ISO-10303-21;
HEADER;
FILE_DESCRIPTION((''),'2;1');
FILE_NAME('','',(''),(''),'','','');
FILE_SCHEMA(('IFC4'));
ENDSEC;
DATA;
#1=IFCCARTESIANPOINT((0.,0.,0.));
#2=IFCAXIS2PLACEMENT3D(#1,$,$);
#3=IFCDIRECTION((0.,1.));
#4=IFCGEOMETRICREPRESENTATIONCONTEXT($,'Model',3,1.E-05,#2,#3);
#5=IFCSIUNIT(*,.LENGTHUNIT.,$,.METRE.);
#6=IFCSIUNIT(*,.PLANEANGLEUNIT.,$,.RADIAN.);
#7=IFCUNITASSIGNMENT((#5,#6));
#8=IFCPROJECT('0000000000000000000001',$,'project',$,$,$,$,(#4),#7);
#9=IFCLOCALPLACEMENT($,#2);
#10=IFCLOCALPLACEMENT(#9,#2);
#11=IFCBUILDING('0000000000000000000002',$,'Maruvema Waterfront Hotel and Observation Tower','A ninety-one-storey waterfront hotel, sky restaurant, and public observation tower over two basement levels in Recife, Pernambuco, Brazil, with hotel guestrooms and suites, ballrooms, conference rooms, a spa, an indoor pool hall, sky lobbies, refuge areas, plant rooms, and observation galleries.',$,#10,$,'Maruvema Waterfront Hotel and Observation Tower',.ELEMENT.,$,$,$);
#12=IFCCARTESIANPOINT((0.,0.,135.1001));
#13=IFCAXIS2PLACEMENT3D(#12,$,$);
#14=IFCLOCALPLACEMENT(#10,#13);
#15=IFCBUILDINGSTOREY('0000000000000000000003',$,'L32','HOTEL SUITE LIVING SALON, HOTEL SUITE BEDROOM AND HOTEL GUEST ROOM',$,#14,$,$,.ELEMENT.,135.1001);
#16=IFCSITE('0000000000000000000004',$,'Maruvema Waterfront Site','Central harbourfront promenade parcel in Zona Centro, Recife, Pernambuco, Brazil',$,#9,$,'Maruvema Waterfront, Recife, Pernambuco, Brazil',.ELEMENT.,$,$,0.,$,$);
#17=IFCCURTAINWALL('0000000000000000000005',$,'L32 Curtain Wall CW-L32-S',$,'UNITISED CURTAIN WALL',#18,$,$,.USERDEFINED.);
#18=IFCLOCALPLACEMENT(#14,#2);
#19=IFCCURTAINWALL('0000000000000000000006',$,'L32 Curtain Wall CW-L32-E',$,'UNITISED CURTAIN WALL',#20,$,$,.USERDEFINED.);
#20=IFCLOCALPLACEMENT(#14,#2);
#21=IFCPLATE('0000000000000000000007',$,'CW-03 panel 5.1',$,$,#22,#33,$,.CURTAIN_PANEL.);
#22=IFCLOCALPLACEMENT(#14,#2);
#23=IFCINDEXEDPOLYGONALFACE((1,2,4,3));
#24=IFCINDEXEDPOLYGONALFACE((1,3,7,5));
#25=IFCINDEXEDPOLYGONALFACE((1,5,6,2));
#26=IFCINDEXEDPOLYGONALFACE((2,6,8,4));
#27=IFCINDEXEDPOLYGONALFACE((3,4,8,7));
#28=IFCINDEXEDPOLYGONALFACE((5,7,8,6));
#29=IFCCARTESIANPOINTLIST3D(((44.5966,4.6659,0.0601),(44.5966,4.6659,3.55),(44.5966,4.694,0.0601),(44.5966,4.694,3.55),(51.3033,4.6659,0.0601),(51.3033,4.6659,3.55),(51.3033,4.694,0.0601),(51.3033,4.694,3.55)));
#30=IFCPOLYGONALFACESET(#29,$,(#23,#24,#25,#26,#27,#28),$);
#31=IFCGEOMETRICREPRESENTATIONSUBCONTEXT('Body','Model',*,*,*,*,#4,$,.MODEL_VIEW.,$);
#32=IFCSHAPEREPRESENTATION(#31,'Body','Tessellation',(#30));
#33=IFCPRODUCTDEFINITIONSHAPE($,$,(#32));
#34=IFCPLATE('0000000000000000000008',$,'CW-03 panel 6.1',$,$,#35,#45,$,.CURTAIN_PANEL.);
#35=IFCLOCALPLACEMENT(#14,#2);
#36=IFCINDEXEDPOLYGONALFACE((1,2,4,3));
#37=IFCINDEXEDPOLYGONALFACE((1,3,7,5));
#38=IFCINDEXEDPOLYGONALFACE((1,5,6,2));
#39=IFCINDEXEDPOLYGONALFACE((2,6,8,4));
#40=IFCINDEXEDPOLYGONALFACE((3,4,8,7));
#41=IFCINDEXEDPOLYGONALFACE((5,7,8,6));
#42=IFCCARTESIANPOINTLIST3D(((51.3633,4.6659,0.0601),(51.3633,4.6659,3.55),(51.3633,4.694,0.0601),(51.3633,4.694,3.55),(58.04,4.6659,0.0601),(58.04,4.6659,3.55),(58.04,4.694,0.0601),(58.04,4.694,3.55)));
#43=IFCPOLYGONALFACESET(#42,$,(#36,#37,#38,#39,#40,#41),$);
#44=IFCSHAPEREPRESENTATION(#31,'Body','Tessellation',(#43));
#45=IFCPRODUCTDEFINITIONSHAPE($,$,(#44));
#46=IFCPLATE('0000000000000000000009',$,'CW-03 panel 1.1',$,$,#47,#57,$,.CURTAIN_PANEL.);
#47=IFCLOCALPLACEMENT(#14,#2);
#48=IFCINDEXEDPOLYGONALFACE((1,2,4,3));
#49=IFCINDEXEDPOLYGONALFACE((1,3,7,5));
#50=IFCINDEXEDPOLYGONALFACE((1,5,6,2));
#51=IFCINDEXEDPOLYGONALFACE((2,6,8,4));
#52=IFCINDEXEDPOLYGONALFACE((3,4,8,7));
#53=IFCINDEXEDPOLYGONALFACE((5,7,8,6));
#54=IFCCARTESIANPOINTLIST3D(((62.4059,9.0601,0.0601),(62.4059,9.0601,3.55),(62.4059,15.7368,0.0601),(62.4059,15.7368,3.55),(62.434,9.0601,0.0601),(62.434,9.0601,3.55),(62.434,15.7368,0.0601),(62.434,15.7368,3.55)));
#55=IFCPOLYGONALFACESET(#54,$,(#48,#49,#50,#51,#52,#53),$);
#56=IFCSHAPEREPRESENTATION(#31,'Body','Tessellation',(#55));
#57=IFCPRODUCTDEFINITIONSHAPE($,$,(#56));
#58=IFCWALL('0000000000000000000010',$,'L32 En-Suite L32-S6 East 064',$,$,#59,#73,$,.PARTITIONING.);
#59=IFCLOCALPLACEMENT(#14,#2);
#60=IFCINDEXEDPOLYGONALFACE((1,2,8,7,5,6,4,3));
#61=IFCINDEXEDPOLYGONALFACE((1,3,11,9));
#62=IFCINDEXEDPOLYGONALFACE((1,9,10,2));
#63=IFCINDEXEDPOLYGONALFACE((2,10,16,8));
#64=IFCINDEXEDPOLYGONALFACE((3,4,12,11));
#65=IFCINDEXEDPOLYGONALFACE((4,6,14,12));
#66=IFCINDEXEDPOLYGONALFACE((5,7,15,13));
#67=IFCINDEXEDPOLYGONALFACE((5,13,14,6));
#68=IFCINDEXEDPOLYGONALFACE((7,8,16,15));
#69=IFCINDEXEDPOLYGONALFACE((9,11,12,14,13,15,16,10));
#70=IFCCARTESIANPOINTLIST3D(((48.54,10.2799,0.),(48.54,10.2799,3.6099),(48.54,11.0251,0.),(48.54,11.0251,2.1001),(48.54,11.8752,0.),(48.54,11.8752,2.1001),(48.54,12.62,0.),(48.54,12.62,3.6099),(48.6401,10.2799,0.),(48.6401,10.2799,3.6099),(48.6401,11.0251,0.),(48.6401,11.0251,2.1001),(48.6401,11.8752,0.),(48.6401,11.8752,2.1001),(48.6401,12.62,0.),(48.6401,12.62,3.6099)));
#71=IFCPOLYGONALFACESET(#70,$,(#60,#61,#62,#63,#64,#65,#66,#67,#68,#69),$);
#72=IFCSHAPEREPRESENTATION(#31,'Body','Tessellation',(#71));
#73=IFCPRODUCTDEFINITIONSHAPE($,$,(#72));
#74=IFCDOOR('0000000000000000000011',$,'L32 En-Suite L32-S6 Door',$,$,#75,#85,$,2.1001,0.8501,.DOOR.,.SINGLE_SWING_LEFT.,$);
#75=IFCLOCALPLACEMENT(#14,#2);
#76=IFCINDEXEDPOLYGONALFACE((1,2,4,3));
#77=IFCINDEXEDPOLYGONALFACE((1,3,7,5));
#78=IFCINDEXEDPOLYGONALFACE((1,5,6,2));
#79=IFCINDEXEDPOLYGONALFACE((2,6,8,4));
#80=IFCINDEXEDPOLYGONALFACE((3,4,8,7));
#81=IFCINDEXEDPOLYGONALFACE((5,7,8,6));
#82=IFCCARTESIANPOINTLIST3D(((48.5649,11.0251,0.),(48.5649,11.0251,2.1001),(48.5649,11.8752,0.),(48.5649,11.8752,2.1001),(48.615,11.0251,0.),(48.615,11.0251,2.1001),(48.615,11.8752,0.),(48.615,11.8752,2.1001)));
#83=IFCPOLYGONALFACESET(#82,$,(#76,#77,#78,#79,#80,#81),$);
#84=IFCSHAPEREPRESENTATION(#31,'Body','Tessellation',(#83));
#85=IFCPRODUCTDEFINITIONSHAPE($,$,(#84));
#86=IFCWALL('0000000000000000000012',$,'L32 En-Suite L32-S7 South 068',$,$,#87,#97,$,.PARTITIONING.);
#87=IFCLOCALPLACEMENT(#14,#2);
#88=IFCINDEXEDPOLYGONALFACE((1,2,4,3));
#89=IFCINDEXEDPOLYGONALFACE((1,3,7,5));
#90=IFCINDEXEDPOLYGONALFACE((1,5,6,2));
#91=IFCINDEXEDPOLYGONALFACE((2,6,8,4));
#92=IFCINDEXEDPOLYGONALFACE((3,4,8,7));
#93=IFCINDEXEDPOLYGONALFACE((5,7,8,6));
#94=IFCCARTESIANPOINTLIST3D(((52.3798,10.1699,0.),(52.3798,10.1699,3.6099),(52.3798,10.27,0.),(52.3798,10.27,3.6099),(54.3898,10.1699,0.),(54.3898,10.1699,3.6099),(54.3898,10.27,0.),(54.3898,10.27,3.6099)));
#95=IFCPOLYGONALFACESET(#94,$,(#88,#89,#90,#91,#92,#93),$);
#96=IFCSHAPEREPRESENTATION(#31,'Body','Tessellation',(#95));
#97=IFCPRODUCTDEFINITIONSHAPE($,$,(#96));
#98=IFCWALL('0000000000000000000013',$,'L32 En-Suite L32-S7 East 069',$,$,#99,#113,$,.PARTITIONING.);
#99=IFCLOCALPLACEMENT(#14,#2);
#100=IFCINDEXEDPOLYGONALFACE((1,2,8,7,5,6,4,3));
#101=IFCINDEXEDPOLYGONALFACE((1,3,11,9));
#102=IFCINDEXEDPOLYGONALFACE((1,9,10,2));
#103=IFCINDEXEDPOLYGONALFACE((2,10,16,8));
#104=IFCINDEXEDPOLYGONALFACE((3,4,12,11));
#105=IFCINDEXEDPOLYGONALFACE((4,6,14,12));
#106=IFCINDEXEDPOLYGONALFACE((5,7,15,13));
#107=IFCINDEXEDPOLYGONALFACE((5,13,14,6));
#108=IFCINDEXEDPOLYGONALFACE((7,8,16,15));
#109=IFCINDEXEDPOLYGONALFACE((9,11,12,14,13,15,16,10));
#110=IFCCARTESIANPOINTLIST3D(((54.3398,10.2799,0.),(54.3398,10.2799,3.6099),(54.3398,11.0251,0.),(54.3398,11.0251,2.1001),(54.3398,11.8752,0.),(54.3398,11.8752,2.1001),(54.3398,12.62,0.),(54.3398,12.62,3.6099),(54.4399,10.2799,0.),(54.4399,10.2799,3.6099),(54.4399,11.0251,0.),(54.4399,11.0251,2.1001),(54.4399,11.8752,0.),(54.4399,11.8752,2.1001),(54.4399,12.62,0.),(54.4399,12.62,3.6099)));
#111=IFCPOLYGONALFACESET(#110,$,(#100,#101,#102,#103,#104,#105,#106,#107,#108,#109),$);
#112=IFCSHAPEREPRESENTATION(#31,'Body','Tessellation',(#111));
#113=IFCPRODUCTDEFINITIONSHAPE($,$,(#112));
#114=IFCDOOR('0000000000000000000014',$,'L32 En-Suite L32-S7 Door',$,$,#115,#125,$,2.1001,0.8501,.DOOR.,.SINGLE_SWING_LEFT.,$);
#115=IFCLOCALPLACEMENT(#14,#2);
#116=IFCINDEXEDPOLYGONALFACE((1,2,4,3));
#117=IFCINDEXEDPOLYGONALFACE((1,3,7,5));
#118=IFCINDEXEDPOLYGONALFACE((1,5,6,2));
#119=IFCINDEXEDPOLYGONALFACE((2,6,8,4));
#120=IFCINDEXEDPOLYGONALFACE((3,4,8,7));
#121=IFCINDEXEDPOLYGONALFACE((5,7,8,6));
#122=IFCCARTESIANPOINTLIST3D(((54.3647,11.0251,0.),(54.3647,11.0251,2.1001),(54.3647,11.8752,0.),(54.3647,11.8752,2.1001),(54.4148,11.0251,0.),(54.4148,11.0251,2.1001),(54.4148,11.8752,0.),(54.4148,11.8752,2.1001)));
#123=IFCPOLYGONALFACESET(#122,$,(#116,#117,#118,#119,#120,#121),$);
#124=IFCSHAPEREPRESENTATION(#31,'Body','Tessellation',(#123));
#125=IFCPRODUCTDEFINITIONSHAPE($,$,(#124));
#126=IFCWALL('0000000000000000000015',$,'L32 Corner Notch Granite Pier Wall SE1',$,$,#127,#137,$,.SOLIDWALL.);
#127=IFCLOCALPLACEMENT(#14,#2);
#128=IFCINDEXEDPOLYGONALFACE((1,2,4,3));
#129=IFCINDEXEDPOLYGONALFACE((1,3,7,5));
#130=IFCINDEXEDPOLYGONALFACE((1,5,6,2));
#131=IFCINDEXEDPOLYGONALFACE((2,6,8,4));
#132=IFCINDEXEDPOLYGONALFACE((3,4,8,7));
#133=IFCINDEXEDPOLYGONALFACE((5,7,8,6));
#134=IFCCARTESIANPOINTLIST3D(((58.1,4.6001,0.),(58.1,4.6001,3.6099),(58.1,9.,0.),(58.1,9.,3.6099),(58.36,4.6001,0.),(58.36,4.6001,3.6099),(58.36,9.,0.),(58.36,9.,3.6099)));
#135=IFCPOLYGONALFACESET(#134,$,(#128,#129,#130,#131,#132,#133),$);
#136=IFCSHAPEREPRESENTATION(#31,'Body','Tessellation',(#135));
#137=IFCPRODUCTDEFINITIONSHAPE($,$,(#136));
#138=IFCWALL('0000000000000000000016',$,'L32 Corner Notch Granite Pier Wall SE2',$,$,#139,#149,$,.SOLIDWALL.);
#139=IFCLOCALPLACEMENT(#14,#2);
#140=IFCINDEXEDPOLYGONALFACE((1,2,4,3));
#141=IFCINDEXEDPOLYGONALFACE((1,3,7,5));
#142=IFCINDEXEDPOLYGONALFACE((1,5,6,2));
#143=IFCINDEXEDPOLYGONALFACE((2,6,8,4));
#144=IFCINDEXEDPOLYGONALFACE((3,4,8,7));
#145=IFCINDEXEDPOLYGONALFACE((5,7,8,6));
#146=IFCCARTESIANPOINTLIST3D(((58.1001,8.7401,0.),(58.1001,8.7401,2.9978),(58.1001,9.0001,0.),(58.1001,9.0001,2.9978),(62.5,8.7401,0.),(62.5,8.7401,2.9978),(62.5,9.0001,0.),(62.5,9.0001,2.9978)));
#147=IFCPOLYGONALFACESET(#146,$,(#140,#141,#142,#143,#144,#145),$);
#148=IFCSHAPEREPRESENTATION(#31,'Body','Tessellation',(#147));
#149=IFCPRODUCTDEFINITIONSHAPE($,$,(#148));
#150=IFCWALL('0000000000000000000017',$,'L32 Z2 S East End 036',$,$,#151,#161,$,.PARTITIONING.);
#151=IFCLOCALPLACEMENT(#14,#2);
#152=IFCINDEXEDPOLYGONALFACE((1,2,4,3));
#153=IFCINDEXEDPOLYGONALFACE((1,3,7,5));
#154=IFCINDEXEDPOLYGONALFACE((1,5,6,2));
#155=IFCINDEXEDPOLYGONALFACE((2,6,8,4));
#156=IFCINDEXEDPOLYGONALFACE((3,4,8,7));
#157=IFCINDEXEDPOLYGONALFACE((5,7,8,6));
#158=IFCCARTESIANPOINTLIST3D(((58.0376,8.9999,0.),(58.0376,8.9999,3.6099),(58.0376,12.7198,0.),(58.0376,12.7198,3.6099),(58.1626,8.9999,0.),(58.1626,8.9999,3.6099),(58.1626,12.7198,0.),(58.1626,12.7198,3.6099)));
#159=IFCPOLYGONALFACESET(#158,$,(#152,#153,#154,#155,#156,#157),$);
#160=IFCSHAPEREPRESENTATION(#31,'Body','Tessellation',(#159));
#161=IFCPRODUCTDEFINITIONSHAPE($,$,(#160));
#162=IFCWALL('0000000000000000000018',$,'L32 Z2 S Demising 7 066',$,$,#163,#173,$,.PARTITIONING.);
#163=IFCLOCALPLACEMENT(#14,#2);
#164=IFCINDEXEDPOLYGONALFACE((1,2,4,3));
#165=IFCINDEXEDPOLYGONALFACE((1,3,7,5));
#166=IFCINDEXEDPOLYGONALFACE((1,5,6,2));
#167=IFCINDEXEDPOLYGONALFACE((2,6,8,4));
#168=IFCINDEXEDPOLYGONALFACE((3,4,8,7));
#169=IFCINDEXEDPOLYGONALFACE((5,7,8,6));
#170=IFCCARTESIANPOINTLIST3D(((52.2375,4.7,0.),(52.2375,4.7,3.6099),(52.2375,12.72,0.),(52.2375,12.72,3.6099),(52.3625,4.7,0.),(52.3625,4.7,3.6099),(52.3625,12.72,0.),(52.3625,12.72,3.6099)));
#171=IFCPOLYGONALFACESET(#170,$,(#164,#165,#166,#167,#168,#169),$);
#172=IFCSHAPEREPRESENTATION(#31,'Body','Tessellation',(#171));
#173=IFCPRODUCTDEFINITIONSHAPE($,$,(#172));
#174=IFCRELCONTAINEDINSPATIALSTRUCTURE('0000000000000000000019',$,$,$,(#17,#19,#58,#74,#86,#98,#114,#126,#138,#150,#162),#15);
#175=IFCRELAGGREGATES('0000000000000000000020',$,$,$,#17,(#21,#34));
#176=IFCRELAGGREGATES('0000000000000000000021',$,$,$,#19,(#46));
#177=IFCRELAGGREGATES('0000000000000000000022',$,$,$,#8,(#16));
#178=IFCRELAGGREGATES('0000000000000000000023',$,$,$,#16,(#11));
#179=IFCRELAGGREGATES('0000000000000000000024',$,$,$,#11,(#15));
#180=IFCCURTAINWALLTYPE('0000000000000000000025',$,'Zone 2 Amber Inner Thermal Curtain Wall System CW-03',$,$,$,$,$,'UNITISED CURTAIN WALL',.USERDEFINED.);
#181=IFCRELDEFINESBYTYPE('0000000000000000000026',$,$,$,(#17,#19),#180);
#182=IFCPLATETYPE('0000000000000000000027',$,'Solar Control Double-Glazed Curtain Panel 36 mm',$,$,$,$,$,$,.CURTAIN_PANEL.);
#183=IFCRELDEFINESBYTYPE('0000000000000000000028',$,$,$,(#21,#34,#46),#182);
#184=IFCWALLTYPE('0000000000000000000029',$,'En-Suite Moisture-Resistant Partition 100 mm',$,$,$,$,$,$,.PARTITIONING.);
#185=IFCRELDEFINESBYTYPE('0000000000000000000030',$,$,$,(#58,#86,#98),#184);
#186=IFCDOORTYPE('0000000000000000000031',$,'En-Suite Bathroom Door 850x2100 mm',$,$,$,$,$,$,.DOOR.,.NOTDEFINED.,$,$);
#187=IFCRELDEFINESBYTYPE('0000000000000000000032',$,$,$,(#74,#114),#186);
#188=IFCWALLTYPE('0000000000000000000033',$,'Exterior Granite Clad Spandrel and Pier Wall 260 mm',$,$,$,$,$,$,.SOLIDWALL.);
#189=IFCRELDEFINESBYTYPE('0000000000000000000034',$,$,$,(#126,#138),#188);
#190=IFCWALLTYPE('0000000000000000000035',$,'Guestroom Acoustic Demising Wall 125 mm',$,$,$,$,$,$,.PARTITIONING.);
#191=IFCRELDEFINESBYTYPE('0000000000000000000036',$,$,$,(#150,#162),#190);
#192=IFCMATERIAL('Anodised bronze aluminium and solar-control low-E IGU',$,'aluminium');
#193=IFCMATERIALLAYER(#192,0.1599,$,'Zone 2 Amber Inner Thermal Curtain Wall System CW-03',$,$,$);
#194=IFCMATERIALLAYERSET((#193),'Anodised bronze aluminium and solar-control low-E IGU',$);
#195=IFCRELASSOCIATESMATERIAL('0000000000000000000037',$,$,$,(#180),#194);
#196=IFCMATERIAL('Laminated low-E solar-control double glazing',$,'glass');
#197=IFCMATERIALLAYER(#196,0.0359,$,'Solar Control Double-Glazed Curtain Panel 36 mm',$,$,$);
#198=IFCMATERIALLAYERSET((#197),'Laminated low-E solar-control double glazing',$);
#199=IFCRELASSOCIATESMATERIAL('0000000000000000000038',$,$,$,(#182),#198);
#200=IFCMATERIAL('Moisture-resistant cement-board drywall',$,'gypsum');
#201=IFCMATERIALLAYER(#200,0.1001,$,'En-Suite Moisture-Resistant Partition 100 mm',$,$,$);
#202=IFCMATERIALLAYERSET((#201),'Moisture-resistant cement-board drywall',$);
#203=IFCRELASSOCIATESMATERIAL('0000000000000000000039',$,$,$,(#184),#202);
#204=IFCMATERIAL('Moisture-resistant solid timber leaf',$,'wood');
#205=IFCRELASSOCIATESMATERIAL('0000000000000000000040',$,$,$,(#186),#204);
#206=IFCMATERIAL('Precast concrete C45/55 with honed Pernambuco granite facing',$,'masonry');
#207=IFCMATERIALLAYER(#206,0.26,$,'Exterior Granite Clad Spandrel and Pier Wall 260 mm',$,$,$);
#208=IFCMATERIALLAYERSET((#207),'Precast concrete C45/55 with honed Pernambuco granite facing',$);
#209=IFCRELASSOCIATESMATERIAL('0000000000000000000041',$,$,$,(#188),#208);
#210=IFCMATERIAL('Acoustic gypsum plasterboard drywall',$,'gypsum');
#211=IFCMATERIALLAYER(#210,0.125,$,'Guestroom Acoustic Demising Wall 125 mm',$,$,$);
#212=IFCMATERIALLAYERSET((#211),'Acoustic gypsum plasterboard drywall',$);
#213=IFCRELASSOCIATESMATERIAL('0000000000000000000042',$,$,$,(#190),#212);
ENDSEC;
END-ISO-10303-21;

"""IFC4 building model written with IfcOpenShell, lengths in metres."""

from ifc_helpers import new_model, si_unit, direction, frame, frame_2d, origin, origin_2d, place, context, subcontext, project, spatial, rectangle, extrude, material, layer, layer_set, type_object, element, fill, aggregate, save


model = new_model("IFC4")

# Units and contexts
model_context = context("Model", 3, precision=1e-05, world=origin(), true_north=direction((0.0, 1.0)))
body_context = subcontext(model_context, "Body", "Model", "MODEL_VIEW")
ifc_project = project(units=[si_unit("LENGTHUNIT", "METRE"), si_unit("PLANEANGLEUNIT", "RADIAN")], contexts=[model_context])

# Site, building, storey
site_placement = place(None, origin())
site = spatial("IfcSite", under=ifc_project, at=site_placement, Name="Maruvema Waterfront Site", Description="Central harbourfront promenade parcel in Zona Centro, Recife, Pernambuco, Brazil", LongName="Maruvema Waterfront, Recife, Pernambuco, Brazil", CompositionType="ELEMENT", RefElevation=0.0)
building_placement = place(site_placement, origin())
building = spatial("IfcBuilding", under=site, at=building_placement, Name="Maruvema Waterfront Hotel and Observation Tower", Description="A ninety-one-storey waterfront hotel, sky restaurant, and public observation tower over two basement levels in Recife, Pernambuco, Brazil, with hotel guestrooms and suites, ballrooms, conference rooms, a spa, an indoor pool hall, sky lobbies, refuge areas, plant rooms, and observation galleries.", LongName="Maruvema Waterfront Hotel and Observation Tower", CompositionType="ELEMENT")
storey_placement = place(building_placement, frame((0.0, 0.0, 135.1001)))
storey = spatial("IfcBuildingStorey", under=building, at=storey_placement, Name="L32", Description="HOTEL SUITE LIVING SALON, HOTEL SUITE BEDROOM AND HOTEL GUEST ROOM", CompositionType="ELEMENT", Elevation=135.1001)

# Curtain walls
ifc_material_1 = material(Name="Anodised bronze aluminium and solar-control low-E IGU", Category="aluminium")
ifc_layer_1 = layer(ifc_material_1, 0.1599, Name="Zone 2 Amber Inner Thermal Curtain Wall System CW-03")
ifc_layer_set_1 = layer_set([ifc_layer_1], Name="Anodised bronze aluminium and solar-control low-E IGU")
curtain_wall_type = type_object("IfcCurtainWallType", Name="Zone 2 Amber Inner Thermal Curtain Wall System CW-03", ElementType="UNITISED CURTAIN WALL", PredefinedType="USERDEFINED", material=ifc_layer_set_1)
curtain_wall_1_placement = place(storey_placement, origin())
curtain_wall_1 = element("IfcCurtainWall", 1, at=curtain_wall_1_placement, inside=storey, type_object=curtain_wall_type, Name="L32 Curtain Wall CW-L32-S", ObjectType="UNITISED CURTAIN WALL", PredefinedType="USERDEFINED")
curtain_wall_2_placement = place(storey_placement, origin())
curtain_wall_2 = element("IfcCurtainWall", 2, at=curtain_wall_2_placement, inside=storey, type_object=curtain_wall_type, Name="L32 Curtain Wall CW-L32-E", ObjectType="UNITISED CURTAIN WALL", PredefinedType="USERDEFINED")

# Plates
ifc_material_2 = material(Name="Laminated low-E solar-control double glazing", Category="glass")
ifc_layer_2 = layer(ifc_material_2, 0.0359, Name="Solar Control Double-Glazed Curtain Panel 36 mm")
ifc_layer_set_2 = layer_set([ifc_layer_2], Name="Laminated low-E solar-control double glazing")
plate_type = type_object("IfcPlateType", Name="Solar Control Double-Glazed Curtain Panel 36 mm", PredefinedType="CURTAIN_PANEL", material=ifc_layer_set_2)
plate_1_placement = place(storey_placement, frame((47.95, 4.6799, 0.0601), z_axis=(0.0, 0.0, 1.0), x_axis=(1.0, 0.0, 0.0)))
plate_1 = element("IfcPlate", 3, at=plate_1_placement, type_object=plate_type, Name="CW-03 panel 5.1", PredefinedType="CURTAIN_PANEL", context=body_context, shape_type="SweptSolid", body=[
    extrude(rectangle(XDim=6.7068, YDim=0.0281, at=origin_2d()), origin(), (0.0, 0.0, 1.0), 3.49),
])
plate_2_placement = place(storey_placement, frame((54.7017, 4.6799, 0.0601), z_axis=(0.0, 0.0, 1.0), x_axis=(1.0, 0.0, 0.0)))
plate_2 = element("IfcPlate", 4, at=plate_2_placement, type_object=plate_type, Name="CW-03 panel 6.1", PredefinedType="CURTAIN_PANEL", context=body_context, shape_type="SweptSolid", body=[
    extrude(rectangle(XDim=6.6768, YDim=0.0281, at=origin_2d()), origin(), (0.0, 0.0, 1.0), 3.49),
])
aggregate(curtain_wall_1, [plate_1, plate_2])
plate_3_placement = place(storey_placement, frame((62.4199, 12.3984, 0.0601), z_axis=(0.0, 0.0, 1.0), x_axis=(0.0, 1.0, 0.0)))
plate_3 = element("IfcPlate", 5, at=plate_3_placement, type_object=plate_type, Name="CW-03 panel 1.1", PredefinedType="CURTAIN_PANEL", context=body_context, shape_type="SweptSolid", body=[
    extrude(rectangle(XDim=6.6768, YDim=0.0281, at=origin_2d()), origin(), (0.0, 0.0, 1.0), 3.49),
])
aggregate(curtain_wall_2, [plate_3])

# Wall, opening, door
ifc_material_3 = material(Name="Moisture-resistant cement-board drywall", Category="gypsum")
ifc_layer_3 = layer(ifc_material_3, 0.1001, Name="En-Suite Moisture-Resistant Partition 100 mm")
ifc_layer_set_3 = layer_set([ifc_layer_3], Name="Moisture-resistant cement-board drywall")
wall_type_1 = type_object("IfcWallType", Name="En-Suite Moisture-Resistant Partition 100 mm", PredefinedType="PARTITIONING", material=ifc_layer_set_3)
wall_1_placement = place(storey_placement, frame((48.5901, 10.28, 0.0), z_axis=(0.0, 0.0, 1.0), x_axis=(0.0, 1.0, 0.0)))
wall_1 = element("IfcWall", 6, at=wall_1_placement, inside=storey, type_object=wall_type_1, Name="L32 En-Suite L32-S6 East 064", PredefinedType="PARTITIONING", context=body_context, shape_type="SweptSolid", body=[
    extrude(rectangle(XDim=2.3401, YDim=0.1001, at=frame_2d((1.1699, 0.0))), origin(), (0.0, 0.0, 1.0), 3.6099),
])
opening_1_placement = place(wall_1_placement, frame((0.7451, 0.0, 0.0)))
opening_1 = element("IfcOpeningElement", 7, at=opening_1_placement, cuts=wall_1, PredefinedType="OPENING", context=body_context, shape_type="SweptSolid", body=[
    extrude(rectangle(XDim=0.8501, YDim=2.1001, at=frame_2d((0.425, 1.05))), frame((0.0, 0.0601, 0.0), z_axis=(0.0, -1.0, 0.0), x_axis=(1.0, 0.0, 0.0)), (0.0, 0.0, 1.0), 0.1201),
])
ifc_material_4 = material(Name="Moisture-resistant solid timber leaf", Category="wood")
door_type = type_object("IfcDoorType", Name="En-Suite Bathroom Door 850x2100 mm", OperationType="NOTDEFINED", PredefinedType="DOOR", material=ifc_material_4)
door_1_placement = place(opening_1_placement, frame((0.8501, 0.0, 0.0), z_axis=(0.0, 0.0, 1.0), x_axis=(-1.0, 0.0, 0.0)))
door_1 = element("IfcDoor", 8, at=door_1_placement, inside=storey, type_object=door_type, Name="L32 En-Suite L32-S6 Door", OperationType="SINGLE_SWING_LEFT", OverallHeight=2.1001, OverallWidth=0.8501, PredefinedType="DOOR", context=body_context, shape_type="SweptSolid", body=[
    extrude(rectangle(XDim=0.8501, YDim=2.1001, at=frame_2d((0.425, 1.05))), frame((0.0, 0.0249, 0.0), z_axis=(0.0, -1.0, 0.0), x_axis=(1.0, 0.0, 0.0)), (0.0, 0.0, 1.0), 0.05),
])
fill(opening_1, door_1)

# Wall
wall_2_placement = place(storey_placement, frame((52.3799, 10.22, 0.0), z_axis=(0.0, 0.0, 1.0), x_axis=(1.0, 0.0, 0.0)))
element("IfcWall", 9, at=wall_2_placement, inside=storey, type_object=wall_type_1, Name="L32 En-Suite L32-S7 South 068", PredefinedType="PARTITIONING", context=body_context, shape_type="SweptSolid", body=[
    extrude(rectangle(XDim=2.01, YDim=0.1001, at=frame_2d((1.0049, 0.0))), origin(), (0.0, 0.0, 1.0), 3.6099),
])

# Wall, opening, door
wall_3_placement = place(storey_placement, frame((54.3899, 10.28, 0.0), z_axis=(0.0, 0.0, 1.0), x_axis=(0.0, 1.0, 0.0)))
wall_3 = element("IfcWall", 10, at=wall_3_placement, inside=storey, type_object=wall_type_1, Name="L32 En-Suite L32-S7 East 069", PredefinedType="PARTITIONING", context=body_context, shape_type="SweptSolid", body=[
    extrude(rectangle(XDim=2.3401, YDim=0.1001, at=frame_2d((1.1699, 0.0))), origin(), (0.0, 0.0, 1.0), 3.6099),
])
opening_2_placement = place(wall_3_placement, frame((0.7451, 0.0, 0.0)))
opening_2 = element("IfcOpeningElement", 11, at=opening_2_placement, cuts=wall_3, PredefinedType="OPENING", context=body_context, shape_type="SweptSolid", body=[
    extrude(rectangle(XDim=0.8501, YDim=2.1001, at=frame_2d((0.425, 1.05))), frame((0.0, 0.0601, 0.0), z_axis=(0.0, -1.0, 0.0), x_axis=(1.0, 0.0, 0.0)), (0.0, 0.0, 1.0), 0.1201),
])
door_2_placement = place(opening_2_placement, frame((0.8501, 0.0, 0.0), z_axis=(0.0, 0.0, 1.0), x_axis=(-1.0, 0.0, 0.0)))
door_2 = element("IfcDoor", 12, at=door_2_placement, inside=storey, type_object=door_type, Name="L32 En-Suite L32-S7 Door", OperationType="SINGLE_SWING_LEFT", OverallHeight=2.1001, OverallWidth=0.8501, PredefinedType="DOOR", context=body_context, shape_type="SweptSolid", body=[
    extrude(rectangle(XDim=0.8501, YDim=2.1001, at=frame_2d((0.425, 1.05))), frame((0.0, 0.0249, 0.0), z_axis=(0.0, -1.0, 0.0), x_axis=(1.0, 0.0, 0.0)), (0.0, 0.0, 1.0), 0.05),
])
fill(opening_2, door_2)

# Walls
ifc_material_5 = material(Name="Precast concrete C45/55 with honed Pernambuco granite facing", Category="masonry")
ifc_layer_4 = layer(ifc_material_5, 0.26, Name="Exterior Granite Clad Spandrel and Pier Wall 260 mm")
ifc_layer_set_4 = layer_set([ifc_layer_4], Name="Precast concrete C45/55 with honed Pernambuco granite facing")
wall_type_2 = type_object("IfcWallType", Name="Exterior Granite Clad Spandrel and Pier Wall 260 mm", PredefinedType="SOLIDWALL", material=ifc_layer_set_4)
wall_4_placement = place(storey_placement, frame((58.23, 9.0, 0.0), z_axis=(0.0, 0.0, 1.0), x_axis=(0.0, -1.0, 0.0)))
element("IfcWall", 13, at=wall_4_placement, inside=storey, type_object=wall_type_2, Name="L32 Corner Notch Granite Pier Wall SE1", PredefinedType="SOLIDWALL", context=body_context, shape_type="SweptSolid", body=[
    extrude(rectangle(XDim=4.3999, YDim=0.26, at=frame_2d((2.2, 0.0))), origin(), (0.0, 0.0, 1.0), 3.6099),
])
wall_5_placement = place(storey_placement, frame((62.5, 8.8701, 0.0), z_axis=(0.0, 0.0, 1.0), x_axis=(-1.0, 0.0, 0.0)))
element("IfcWall", 14, at=wall_5_placement, inside=storey, type_object=wall_type_2, Name="L32 Corner Notch Granite Pier Wall SE2", PredefinedType="SOLIDWALL", context=body_context, shape_type="SweptSolid", body=[
    extrude(rectangle(XDim=4.3999, YDim=0.26, at=frame_2d((2.2, 0.0))), origin(), (0.0, 0.0, 1.0), 2.9978),
])
ifc_material_6 = material(Name="Acoustic gypsum plasterboard drywall", Category="gypsum")
ifc_layer_5 = layer(ifc_material_6, 0.125, Name="Guestroom Acoustic Demising Wall 125 mm")
ifc_layer_set_5 = layer_set([ifc_layer_5], Name="Acoustic gypsum plasterboard drywall")
wall_type_3 = type_object("IfcWallType", Name="Guestroom Acoustic Demising Wall 125 mm", PredefinedType="PARTITIONING", material=ifc_layer_set_5)
wall_6_placement = place(storey_placement, frame((58.1001, 9.0, 0.0), z_axis=(0.0, 0.0, 1.0), x_axis=(0.0, 1.0, 0.0)))
element("IfcWall", 15, at=wall_6_placement, inside=storey, type_object=wall_type_3, Name="L32 Z2 S East End 036", PredefinedType="PARTITIONING", context=body_context, shape_type="SweptSolid", body=[
    extrude(rectangle(XDim=3.72, YDim=0.125, at=frame_2d((1.8599, 0.0))), origin(), (0.0, 0.0, 1.0), 3.6099),
])
wall_7_placement = place(storey_placement, frame((52.3, 4.7, 0.0), z_axis=(0.0, 0.0, 1.0), x_axis=(0.0, 1.0, 0.0)))
element("IfcWall", 16, at=wall_7_placement, inside=storey, type_object=wall_type_3, Name="L32 Z2 S Demising 7 066", PredefinedType="PARTITIONING", context=body_context, shape_type="SweptSolid", body=[
    extrude(rectangle(XDim=8.02, YDim=0.125, at=frame_2d((4.01, 0.0))), origin(), (0.0, 0.0, 1.0), 3.6099),
])

save(model, "model.ifc")
